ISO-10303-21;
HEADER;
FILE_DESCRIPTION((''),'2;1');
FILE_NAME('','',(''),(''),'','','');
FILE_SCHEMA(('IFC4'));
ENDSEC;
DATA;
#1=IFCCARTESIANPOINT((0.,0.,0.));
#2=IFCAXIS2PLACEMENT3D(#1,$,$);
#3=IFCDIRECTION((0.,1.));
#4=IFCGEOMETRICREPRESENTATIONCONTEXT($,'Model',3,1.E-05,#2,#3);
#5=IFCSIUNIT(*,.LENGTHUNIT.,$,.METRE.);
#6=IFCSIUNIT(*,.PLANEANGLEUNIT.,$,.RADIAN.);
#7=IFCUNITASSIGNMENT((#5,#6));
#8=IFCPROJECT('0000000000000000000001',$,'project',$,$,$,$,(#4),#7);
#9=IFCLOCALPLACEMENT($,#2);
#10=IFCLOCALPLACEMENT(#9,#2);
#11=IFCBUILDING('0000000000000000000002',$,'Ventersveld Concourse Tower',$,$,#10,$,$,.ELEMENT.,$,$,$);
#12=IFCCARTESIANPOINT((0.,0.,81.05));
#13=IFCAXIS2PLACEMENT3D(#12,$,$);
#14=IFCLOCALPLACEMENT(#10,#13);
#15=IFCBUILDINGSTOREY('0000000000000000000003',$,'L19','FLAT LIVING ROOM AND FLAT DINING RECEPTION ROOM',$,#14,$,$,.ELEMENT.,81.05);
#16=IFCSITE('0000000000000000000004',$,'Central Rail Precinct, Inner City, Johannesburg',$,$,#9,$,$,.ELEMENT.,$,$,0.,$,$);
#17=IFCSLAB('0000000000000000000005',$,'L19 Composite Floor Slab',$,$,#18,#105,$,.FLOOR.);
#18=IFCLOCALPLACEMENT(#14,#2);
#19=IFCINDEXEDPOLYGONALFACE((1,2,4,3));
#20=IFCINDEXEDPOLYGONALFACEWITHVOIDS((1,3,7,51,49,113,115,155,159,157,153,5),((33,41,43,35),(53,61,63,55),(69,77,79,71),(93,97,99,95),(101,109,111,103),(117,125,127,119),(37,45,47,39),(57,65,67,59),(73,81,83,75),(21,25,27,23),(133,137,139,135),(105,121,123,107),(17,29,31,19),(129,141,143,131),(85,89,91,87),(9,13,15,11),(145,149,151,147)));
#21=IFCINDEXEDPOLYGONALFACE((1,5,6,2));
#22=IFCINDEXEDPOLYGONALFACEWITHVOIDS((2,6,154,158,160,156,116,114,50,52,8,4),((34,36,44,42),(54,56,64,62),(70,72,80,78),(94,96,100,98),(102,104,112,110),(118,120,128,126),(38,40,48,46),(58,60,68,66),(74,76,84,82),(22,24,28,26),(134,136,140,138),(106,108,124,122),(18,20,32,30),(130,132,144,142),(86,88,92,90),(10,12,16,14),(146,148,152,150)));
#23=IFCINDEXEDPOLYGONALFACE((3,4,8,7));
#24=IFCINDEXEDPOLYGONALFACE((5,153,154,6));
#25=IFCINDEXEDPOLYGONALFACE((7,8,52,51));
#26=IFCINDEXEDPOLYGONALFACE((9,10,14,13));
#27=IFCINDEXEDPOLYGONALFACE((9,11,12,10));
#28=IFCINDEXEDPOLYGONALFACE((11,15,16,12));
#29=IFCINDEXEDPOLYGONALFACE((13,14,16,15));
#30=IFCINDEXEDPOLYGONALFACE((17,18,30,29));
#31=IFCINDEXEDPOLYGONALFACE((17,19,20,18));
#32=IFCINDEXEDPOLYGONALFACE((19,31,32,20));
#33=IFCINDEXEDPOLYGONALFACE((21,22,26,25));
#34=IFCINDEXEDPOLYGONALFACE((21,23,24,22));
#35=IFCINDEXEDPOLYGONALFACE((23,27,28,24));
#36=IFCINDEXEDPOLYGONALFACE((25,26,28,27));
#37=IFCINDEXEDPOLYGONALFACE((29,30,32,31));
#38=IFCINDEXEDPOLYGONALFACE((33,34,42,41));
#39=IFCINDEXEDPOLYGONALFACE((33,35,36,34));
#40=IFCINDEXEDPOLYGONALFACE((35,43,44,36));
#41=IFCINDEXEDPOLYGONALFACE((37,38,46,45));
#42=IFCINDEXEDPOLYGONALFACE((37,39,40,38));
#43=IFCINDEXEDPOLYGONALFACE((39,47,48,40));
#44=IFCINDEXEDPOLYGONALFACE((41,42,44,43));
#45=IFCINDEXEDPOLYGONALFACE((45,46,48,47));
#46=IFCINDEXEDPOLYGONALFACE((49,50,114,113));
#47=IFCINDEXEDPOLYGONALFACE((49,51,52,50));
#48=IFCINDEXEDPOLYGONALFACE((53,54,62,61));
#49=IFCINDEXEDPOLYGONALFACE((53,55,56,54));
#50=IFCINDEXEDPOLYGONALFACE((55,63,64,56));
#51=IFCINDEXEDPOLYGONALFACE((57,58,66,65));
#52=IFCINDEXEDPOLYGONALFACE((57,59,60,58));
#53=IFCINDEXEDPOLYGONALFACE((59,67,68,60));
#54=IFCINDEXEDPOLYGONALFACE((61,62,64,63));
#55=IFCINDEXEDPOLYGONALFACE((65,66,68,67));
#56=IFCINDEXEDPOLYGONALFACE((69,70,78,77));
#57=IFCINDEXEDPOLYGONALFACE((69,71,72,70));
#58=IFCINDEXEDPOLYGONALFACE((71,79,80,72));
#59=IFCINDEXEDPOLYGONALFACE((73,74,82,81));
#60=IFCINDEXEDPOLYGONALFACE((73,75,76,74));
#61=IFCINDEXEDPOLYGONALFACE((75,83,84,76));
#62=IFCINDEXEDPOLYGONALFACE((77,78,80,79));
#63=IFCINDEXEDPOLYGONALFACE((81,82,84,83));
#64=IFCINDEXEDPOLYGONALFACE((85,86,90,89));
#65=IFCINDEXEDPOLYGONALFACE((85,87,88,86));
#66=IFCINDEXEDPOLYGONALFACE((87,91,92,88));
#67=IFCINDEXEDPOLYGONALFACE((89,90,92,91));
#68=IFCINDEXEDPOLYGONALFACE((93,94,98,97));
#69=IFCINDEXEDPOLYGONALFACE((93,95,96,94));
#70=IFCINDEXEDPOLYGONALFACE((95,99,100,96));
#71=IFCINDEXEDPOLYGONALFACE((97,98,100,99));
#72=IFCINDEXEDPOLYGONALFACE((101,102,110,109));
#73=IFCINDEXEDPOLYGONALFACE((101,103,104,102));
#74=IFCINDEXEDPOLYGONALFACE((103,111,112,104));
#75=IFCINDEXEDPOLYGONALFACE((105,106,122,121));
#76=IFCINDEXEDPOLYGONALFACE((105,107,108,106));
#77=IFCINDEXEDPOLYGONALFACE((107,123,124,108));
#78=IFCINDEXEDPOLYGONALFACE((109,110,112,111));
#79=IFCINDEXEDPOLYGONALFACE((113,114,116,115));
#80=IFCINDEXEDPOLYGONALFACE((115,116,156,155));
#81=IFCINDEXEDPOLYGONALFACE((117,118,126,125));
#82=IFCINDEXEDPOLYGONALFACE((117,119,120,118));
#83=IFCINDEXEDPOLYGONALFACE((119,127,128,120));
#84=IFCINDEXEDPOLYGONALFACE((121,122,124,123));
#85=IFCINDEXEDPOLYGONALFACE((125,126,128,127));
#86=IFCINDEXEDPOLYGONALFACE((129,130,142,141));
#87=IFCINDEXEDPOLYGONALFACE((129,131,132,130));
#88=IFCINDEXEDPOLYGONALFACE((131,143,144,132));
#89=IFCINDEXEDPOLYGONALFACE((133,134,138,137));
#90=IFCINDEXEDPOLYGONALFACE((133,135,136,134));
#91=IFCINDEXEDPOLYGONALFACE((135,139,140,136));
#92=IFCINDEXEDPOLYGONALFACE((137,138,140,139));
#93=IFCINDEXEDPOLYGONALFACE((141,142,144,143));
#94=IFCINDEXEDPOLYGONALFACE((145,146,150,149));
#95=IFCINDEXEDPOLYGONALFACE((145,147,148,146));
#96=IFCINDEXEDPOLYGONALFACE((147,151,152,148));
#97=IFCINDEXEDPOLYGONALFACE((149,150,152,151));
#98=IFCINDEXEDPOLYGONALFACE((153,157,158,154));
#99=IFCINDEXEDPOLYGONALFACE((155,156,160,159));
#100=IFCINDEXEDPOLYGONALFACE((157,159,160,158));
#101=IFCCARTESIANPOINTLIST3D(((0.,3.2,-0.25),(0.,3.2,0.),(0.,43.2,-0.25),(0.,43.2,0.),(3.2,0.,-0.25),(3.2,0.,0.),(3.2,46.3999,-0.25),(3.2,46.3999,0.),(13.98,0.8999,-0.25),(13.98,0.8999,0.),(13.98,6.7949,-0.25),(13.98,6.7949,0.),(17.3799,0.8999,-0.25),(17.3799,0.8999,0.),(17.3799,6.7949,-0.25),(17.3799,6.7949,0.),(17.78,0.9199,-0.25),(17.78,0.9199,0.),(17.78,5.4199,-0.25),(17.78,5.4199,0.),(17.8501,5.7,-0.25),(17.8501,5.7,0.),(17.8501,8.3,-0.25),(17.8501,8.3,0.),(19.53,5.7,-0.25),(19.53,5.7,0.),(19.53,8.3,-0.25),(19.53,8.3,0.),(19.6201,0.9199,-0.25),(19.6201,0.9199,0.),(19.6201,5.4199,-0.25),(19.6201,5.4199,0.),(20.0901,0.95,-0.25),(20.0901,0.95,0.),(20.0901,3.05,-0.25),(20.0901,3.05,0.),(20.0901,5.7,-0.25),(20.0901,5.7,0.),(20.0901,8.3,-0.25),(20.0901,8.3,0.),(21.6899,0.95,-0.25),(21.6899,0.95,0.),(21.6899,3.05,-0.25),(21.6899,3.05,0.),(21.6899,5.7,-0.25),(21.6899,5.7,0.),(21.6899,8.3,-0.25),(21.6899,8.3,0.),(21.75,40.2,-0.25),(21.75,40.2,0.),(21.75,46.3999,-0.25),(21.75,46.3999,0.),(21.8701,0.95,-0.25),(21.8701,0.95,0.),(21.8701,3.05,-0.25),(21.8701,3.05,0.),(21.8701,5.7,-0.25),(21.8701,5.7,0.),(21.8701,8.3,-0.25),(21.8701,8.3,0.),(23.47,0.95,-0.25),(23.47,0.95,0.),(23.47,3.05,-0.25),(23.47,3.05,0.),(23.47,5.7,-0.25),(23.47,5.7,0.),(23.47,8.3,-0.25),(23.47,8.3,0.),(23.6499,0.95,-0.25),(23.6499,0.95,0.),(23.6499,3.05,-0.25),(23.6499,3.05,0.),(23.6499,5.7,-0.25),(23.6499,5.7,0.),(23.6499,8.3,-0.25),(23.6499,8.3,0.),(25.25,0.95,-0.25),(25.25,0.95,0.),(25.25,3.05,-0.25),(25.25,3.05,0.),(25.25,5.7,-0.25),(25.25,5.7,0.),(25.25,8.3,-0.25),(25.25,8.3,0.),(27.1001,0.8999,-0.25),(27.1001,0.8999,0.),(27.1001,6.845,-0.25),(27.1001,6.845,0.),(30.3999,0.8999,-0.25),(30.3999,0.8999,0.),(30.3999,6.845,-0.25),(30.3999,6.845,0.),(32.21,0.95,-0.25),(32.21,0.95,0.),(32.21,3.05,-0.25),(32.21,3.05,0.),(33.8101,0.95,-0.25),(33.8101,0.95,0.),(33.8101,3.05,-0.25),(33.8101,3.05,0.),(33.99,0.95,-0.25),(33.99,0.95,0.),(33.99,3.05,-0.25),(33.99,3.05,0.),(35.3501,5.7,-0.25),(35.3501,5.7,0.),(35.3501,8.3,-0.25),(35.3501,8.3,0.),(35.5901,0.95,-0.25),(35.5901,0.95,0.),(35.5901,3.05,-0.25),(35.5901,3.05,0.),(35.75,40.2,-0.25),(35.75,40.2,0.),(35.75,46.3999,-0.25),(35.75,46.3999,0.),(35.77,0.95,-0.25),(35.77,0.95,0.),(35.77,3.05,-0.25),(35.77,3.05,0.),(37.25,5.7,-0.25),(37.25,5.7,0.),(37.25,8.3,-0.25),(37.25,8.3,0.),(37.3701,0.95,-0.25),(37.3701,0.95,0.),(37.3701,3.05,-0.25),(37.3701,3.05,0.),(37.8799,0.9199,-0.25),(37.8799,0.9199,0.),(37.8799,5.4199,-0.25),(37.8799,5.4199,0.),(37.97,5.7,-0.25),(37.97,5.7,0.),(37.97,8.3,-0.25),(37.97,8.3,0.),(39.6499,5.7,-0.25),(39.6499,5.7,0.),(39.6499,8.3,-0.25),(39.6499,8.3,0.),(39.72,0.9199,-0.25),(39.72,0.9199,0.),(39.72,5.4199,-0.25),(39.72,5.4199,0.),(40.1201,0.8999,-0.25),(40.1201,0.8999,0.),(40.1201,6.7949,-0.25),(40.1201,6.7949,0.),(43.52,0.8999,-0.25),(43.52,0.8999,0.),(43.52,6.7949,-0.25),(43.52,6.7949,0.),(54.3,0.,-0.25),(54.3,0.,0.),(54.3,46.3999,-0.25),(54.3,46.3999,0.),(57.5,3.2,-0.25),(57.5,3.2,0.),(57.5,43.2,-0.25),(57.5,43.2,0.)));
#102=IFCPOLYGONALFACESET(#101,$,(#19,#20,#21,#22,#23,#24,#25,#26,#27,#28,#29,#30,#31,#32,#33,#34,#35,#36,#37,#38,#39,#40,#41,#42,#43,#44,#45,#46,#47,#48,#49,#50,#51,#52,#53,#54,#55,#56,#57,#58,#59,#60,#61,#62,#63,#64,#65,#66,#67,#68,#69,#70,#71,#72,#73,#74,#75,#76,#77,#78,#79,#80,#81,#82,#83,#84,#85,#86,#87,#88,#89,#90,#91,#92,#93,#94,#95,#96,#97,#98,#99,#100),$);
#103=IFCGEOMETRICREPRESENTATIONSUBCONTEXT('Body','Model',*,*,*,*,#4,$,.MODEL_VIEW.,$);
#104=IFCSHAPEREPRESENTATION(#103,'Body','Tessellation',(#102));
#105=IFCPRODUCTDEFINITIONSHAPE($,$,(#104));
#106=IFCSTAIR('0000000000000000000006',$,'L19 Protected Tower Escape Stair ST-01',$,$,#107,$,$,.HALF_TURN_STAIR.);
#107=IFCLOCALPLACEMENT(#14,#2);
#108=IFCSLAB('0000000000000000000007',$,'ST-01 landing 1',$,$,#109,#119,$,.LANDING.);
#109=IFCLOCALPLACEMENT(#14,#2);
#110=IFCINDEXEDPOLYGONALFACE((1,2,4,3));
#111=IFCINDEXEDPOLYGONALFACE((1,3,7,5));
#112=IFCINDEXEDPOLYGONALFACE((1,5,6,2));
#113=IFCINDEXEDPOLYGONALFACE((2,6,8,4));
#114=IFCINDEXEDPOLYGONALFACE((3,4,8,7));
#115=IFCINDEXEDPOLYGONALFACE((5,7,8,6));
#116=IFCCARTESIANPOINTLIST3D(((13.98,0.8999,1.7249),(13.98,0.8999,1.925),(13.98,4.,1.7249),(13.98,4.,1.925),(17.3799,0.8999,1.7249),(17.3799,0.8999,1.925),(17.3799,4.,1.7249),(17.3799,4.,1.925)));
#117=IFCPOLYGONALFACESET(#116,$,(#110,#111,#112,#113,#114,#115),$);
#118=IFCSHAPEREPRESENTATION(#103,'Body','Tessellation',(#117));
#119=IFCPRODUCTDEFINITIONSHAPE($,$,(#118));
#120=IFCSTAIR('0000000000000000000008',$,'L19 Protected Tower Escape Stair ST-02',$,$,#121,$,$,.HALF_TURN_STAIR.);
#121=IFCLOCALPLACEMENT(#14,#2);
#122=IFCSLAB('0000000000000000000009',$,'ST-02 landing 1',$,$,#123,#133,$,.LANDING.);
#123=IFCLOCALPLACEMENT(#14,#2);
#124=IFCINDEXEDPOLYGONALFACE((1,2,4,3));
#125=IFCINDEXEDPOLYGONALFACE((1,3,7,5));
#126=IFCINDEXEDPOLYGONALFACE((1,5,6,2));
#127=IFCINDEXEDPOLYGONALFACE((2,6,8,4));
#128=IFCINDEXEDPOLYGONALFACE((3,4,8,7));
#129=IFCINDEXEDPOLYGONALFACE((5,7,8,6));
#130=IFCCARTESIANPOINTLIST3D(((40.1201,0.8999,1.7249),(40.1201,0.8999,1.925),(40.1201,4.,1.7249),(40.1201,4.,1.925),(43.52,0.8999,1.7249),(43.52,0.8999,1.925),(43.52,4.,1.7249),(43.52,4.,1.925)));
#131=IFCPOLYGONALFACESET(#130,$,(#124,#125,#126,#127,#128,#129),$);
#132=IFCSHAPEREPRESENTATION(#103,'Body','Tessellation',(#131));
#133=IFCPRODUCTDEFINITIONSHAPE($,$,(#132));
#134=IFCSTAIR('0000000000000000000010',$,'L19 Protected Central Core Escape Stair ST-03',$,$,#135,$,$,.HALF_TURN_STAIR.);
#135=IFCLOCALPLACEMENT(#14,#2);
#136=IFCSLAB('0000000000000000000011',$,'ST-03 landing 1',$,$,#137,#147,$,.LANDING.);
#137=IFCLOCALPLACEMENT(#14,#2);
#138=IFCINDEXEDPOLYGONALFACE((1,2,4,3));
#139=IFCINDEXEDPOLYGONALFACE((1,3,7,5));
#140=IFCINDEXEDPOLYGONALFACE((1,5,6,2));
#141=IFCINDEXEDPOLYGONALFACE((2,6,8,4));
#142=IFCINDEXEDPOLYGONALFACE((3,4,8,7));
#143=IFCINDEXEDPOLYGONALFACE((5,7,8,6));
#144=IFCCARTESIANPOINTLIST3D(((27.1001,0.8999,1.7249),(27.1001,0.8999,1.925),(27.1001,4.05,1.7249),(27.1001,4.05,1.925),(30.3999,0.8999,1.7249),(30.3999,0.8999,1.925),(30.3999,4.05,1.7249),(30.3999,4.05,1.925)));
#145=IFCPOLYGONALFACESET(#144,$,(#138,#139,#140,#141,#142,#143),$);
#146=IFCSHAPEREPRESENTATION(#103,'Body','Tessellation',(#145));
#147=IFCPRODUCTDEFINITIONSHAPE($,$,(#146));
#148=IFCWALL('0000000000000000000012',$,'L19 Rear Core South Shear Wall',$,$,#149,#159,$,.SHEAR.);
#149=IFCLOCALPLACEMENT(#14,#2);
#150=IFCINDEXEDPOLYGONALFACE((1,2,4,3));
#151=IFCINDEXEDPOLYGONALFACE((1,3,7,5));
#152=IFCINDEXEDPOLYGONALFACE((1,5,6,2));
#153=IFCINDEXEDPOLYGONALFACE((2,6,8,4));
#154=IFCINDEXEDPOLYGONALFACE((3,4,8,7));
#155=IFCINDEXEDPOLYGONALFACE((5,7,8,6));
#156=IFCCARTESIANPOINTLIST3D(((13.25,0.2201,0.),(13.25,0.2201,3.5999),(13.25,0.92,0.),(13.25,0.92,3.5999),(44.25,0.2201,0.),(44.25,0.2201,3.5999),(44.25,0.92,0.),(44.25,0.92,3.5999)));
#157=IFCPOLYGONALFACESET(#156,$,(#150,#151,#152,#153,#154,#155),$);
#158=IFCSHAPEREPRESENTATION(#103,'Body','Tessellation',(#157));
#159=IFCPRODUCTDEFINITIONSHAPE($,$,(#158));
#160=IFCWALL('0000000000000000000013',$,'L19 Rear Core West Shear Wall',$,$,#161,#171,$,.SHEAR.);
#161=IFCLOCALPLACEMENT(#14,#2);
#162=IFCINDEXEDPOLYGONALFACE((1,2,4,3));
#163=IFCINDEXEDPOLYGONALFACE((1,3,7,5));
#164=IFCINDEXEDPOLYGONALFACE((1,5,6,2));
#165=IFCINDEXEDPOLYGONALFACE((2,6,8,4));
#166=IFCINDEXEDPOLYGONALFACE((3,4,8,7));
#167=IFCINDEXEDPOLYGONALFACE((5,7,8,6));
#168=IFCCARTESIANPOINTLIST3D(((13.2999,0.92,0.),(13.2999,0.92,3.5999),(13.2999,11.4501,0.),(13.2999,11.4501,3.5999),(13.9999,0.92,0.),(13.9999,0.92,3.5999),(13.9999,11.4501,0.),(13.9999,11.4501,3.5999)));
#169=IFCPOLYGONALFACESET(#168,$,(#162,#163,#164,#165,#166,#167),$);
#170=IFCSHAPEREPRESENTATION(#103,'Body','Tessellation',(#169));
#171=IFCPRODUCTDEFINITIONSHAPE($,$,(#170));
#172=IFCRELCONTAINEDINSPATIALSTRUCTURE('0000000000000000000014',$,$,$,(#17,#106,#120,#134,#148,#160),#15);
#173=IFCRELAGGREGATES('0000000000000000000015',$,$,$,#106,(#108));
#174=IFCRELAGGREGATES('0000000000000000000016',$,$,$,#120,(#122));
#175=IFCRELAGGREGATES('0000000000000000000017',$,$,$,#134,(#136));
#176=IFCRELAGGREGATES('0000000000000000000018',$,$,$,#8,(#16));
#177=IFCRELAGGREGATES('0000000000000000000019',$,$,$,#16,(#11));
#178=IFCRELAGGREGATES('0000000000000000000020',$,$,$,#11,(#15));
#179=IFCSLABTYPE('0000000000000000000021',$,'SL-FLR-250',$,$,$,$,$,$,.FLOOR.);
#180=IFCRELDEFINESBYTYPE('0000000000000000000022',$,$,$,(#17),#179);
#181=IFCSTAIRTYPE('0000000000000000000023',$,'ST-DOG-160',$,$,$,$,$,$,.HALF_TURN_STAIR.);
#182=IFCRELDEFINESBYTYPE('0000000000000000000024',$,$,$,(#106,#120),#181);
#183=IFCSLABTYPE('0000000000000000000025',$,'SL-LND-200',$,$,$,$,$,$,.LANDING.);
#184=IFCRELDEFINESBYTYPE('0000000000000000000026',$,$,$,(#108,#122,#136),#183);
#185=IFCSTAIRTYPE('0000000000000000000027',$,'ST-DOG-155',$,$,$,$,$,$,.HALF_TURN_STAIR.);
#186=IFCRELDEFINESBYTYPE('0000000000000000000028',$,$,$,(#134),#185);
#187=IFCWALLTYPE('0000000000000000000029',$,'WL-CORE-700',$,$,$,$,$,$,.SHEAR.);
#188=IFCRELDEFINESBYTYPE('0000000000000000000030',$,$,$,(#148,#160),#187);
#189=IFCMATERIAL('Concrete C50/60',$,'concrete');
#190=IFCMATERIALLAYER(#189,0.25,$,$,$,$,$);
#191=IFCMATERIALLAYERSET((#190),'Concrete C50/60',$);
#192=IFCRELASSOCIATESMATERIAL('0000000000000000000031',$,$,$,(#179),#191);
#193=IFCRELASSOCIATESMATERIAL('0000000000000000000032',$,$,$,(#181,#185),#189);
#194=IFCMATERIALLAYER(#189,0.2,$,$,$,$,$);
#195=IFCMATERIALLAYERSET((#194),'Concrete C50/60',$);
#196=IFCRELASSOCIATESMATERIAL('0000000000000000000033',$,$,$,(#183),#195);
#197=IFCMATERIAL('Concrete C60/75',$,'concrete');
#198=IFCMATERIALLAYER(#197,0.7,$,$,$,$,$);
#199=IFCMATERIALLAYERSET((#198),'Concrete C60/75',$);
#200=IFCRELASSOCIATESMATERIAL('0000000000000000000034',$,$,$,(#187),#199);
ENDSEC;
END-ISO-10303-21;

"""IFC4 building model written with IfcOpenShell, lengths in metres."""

from ifc_helpers import new_model, si_unit, direction, frame, frame_2d, origin, place, context, subcontext, project, spatial, polyline, rectangle, outline, extrude, material, layer, layer_set, type_object, element, aggregate, save


model = new_model("IFC4")

# Units and contexts
model_context = context("Model", 3, precision=1e-05, world=origin(), true_north=direction((0.0, 1.0)))
body_context = subcontext(model_context, "Body", "Model", "MODEL_VIEW")
ifc_project = project(units=[si_unit("LENGTHUNIT", "METRE"), si_unit("PLANEANGLEUNIT", "RADIAN")], contexts=[model_context])

# Site, building, storey
site_placement = place(None, origin())
site = spatial("IfcSite", under=ifc_project, at=site_placement, Name="Central Rail Precinct, Inner City, Johannesburg", CompositionType="ELEMENT", RefElevation=0.0)
building_placement = place(site_placement, origin())
building = spatial("IfcBuilding", under=site, at=building_placement, Name="Ventersveld Concourse Tower", CompositionType="ELEMENT")
storey_placement = place(building_placement, frame((0.0, 0.0, 81.05)))
storey = spatial("IfcBuildingStorey", under=building, at=storey_placement, Name="L19", Description="FLAT LIVING ROOM AND FLAT DINING RECEPTION ROOM", CompositionType="ELEMENT", Elevation=81.05)

# Shared definitions
ifc_material_1 = material(Name="Concrete C50/60", Category="concrete")

# Slab
ifc_layer_1 = layer(ifc_material_1, 0.25)
ifc_layer_set_1 = layer_set([ifc_layer_1], Name="Concrete C50/60")
slab_type_1 = type_object("IfcSlabType", Name="SL-FLR-250", PredefinedType="FLOOR", material=ifc_layer_set_1)
slab_1_placement = place(storey_placement, frame((0.0, 0.0, -0.25)))
element("IfcSlab", 1, at=slab_1_placement, inside=storey, type_object=slab_type_1, Name="L19 Composite Floor Slab", PredefinedType="FLOOR", context=body_context, shape_type="SweptSolid", body=[
    extrude(outline(polyline([(3.2, 0.0), (54.3, 0.0), (57.5, 3.2), (57.5, 43.2), (54.3, 46.3999), (35.75, 46.3999), (35.75, 40.2), (21.75, 40.2), (21.75, 46.3999), (3.2, 46.3999), (0.0, 43.2), (0.0, 3.2), (3.2, 0.0)]), holes=[polyline([(13.98, 6.7949), (13.98, 0.8999), (17.3799, 0.8999), (17.3799, 6.7949), (13.98, 6.7949)]), polyline([(40.1201, 6.7949), (40.1201, 0.8999), (43.52, 0.8999), (43.52, 6.7949), (40.1201, 6.7949)]), polyline([(27.1001, 6.845), (27.1001, 0.8999), (30.3999, 0.8999), (30.3999, 6.845), (27.1001, 6.845)]), polyline([(17.8501, 5.7), (19.53, 5.7), (19.53, 8.3), (17.8501, 8.3), (17.8501, 5.7)]), polyline([(37.97, 5.7), (39.6499, 5.7), (39.6499, 8.3), (37.97, 8.3), (37.97, 5.7)]), polyline([(35.3501, 5.7), (37.25, 5.7), (37.25, 8.3), (35.3501, 8.3), (35.3501, 5.7)]), polyline([(20.0901, 0.95), (21.6899, 0.95), (21.6899, 3.05), (20.0901, 3.05), (20.0901, 0.95)]), polyline([(21.8701, 0.95), (23.47, 0.95), (23.47, 3.05), (21.8701, 3.05), (21.8701, 0.95)]), polyline([(23.6499, 0.95), (25.25, 0.95), (25.25, 3.05), (23.6499, 3.05), (23.6499, 0.95)]), polyline([(32.21, 0.95), (33.8101, 0.95), (33.8101, 3.05), (32.21, 3.05), (32.21, 0.95)]), polyline([(33.99, 0.95), (35.5901, 0.95), (35.5901, 3.05), (33.99, 3.05), (33.99, 0.95)]), polyline([(35.77, 0.95), (37.3701, 0.95), (37.3701, 3.05), (35.77, 3.05), (35.77, 0.95)]), polyline([(20.0901, 5.7), (21.6899, 5.7), (21.6899, 8.3), (20.0901, 8.3), (20.0901, 5.7)]), polyline([(21.8701, 5.7), (23.47, 5.7), (23.47, 8.3), (21.8701, 8.3), (21.8701, 5.7)]), polyline([(23.6499, 5.7), (25.25, 5.7), (25.25, 8.3), (23.6499, 8.3), (23.6499, 5.7)]), polyline([(17.78, 0.9199), (19.6201, 0.9199), (19.6201, 5.4199), (17.78, 5.4199), (17.78, 0.9199)]), polyline([(37.8799, 0.9199), (39.72, 0.9199), (39.72, 5.4199), (37.8799, 5.4199), (37.8799, 0.9199)])]), origin(), (0.0, 0.0, 1.0), 0.25),
])

# Stairs, slabs
stair_type_1 = type_object("IfcStairType", Name="ST-DOG-160", PredefinedType="HALF_TURN_STAIR", material=ifc_material_1)
stair_1_placement = place(storey_placement, origin())
stair_1 = element("IfcStair", 2, at=stair_1_placement, inside=storey, type_object=stair_type_1, Name="L19 Protected Tower Escape Stair ST-01", PredefinedType="HALF_TURN_STAIR")
ifc_layer_2 = layer(ifc_material_1, 0.2)
ifc_layer_set_2 = layer_set([ifc_layer_2], Name="Concrete C50/60")
slab_type_2 = type_object("IfcSlabType", Name="SL-LND-200", PredefinedType="LANDING", material=ifc_layer_set_2)
slab_2_placement = place(storey_placement, frame((0.0, 0.0, 1.7249)))
slab_2 = element("IfcSlab", 3, at=slab_2_placement, type_object=slab_type_2, Name="ST-01 landing 1", PredefinedType="LANDING", context=body_context, shape_type="SweptSolid", body=[
    extrude(outline(polyline([(13.98, 4.0), (13.98, 0.8999), (17.3799, 0.8999), (17.3799, 4.0), (13.98, 4.0)])), origin(), (0.0, 0.0, 1.0), 0.2002),
])
aggregate(stair_1, [slab_2])
stair_2_placement = place(storey_placement, origin())
stair_2 = element("IfcStair", 4, at=stair_2_placement, inside=storey, type_object=stair_type_1, Name="L19 Protected Tower Escape Stair ST-02", PredefinedType="HALF_TURN_STAIR")
slab_3_placement = place(storey_placement, frame((0.0, 0.0, 1.7249)))
slab_3 = element("IfcSlab", 5, at=slab_3_placement, type_object=slab_type_2, Name="ST-02 landing 1", PredefinedType="LANDING", context=body_context, shape_type="SweptSolid", body=[
    extrude(outline(polyline([(40.1201, 4.0), (40.1201, 0.8999), (43.52, 0.8999), (43.52, 4.0), (40.1201, 4.0)])), origin(), (0.0, 0.0, 1.0), 0.2002),
])
aggregate(stair_2, [slab_3])
stair_type_2 = type_object("IfcStairType", Name="ST-DOG-155", PredefinedType="HALF_TURN_STAIR", material=ifc_material_1)
stair_3_placement = place(storey_placement, origin())
stair_3 = element("IfcStair", 6, at=stair_3_placement, inside=storey, type_object=stair_type_2, Name="L19 Protected Central Core Escape Stair ST-03", PredefinedType="HALF_TURN_STAIR")
slab_4_placement = place(storey_placement, frame((0.0, 0.0, 1.7249)))
slab_4 = element("IfcSlab", 7, at=slab_4_placement, type_object=slab_type_2, Name="ST-03 landing 1", PredefinedType="LANDING", context=body_context, shape_type="SweptSolid", body=[
    extrude(outline(polyline([(27.1001, 4.05), (27.1001, 0.8999), (30.3999, 0.8999), (30.3999, 4.05), (27.1001, 4.05)])), origin(), (0.0, 0.0, 1.0), 0.2002),
])
aggregate(stair_3, [slab_4])

# Walls
ifc_material_2 = material(Name="Concrete C60/75", Category="concrete")
ifc_layer_3 = layer(ifc_material_2, 0.7)
ifc_layer_set_3 = layer_set([ifc_layer_3], Name="Concrete C60/75")
wall_type_1 = type_object("IfcWallType", Name="WL-CORE-700", PredefinedType="SHEAR", material=ifc_layer_set_3)
wall_1_placement = place(storey_placement, frame((13.25, 0.5701, 0.0), z_axis=(0.0, 0.0, 1.0), x_axis=(1.0, 0.0, 0.0)))
element("IfcWall", 8, at=wall_1_placement, inside=storey, type_object=wall_type_1, Name="L19 Rear Core South Shear Wall", PredefinedType="SHEAR", context=body_context, shape_type="SweptSolid", body=[
    extrude(rectangle(XDim=31.0, YDim=0.7, at=frame_2d((15.5, 0.0))), origin(), (0.0, 0.0, 1.0), 3.5999),
])
wall_2_placement = place(storey_placement, frame((13.6499, 0.9199, 0.0), z_axis=(0.0, 0.0, 1.0), x_axis=(0.0, 1.0, 0.0)))
element("IfcWall", 9, at=wall_2_placement, inside=storey, type_object=wall_type_1, Name="L19 Rear Core West Shear Wall", PredefinedType="SHEAR", context=body_context, shape_type="SweptSolid", body=[
    extrude(rectangle(XDim=10.53, YDim=0.7, at=frame_2d((5.2651, 0.0))), origin(), (0.0, 0.0, 1.0), 3.5999),
])

save(model, "model.ifc")
